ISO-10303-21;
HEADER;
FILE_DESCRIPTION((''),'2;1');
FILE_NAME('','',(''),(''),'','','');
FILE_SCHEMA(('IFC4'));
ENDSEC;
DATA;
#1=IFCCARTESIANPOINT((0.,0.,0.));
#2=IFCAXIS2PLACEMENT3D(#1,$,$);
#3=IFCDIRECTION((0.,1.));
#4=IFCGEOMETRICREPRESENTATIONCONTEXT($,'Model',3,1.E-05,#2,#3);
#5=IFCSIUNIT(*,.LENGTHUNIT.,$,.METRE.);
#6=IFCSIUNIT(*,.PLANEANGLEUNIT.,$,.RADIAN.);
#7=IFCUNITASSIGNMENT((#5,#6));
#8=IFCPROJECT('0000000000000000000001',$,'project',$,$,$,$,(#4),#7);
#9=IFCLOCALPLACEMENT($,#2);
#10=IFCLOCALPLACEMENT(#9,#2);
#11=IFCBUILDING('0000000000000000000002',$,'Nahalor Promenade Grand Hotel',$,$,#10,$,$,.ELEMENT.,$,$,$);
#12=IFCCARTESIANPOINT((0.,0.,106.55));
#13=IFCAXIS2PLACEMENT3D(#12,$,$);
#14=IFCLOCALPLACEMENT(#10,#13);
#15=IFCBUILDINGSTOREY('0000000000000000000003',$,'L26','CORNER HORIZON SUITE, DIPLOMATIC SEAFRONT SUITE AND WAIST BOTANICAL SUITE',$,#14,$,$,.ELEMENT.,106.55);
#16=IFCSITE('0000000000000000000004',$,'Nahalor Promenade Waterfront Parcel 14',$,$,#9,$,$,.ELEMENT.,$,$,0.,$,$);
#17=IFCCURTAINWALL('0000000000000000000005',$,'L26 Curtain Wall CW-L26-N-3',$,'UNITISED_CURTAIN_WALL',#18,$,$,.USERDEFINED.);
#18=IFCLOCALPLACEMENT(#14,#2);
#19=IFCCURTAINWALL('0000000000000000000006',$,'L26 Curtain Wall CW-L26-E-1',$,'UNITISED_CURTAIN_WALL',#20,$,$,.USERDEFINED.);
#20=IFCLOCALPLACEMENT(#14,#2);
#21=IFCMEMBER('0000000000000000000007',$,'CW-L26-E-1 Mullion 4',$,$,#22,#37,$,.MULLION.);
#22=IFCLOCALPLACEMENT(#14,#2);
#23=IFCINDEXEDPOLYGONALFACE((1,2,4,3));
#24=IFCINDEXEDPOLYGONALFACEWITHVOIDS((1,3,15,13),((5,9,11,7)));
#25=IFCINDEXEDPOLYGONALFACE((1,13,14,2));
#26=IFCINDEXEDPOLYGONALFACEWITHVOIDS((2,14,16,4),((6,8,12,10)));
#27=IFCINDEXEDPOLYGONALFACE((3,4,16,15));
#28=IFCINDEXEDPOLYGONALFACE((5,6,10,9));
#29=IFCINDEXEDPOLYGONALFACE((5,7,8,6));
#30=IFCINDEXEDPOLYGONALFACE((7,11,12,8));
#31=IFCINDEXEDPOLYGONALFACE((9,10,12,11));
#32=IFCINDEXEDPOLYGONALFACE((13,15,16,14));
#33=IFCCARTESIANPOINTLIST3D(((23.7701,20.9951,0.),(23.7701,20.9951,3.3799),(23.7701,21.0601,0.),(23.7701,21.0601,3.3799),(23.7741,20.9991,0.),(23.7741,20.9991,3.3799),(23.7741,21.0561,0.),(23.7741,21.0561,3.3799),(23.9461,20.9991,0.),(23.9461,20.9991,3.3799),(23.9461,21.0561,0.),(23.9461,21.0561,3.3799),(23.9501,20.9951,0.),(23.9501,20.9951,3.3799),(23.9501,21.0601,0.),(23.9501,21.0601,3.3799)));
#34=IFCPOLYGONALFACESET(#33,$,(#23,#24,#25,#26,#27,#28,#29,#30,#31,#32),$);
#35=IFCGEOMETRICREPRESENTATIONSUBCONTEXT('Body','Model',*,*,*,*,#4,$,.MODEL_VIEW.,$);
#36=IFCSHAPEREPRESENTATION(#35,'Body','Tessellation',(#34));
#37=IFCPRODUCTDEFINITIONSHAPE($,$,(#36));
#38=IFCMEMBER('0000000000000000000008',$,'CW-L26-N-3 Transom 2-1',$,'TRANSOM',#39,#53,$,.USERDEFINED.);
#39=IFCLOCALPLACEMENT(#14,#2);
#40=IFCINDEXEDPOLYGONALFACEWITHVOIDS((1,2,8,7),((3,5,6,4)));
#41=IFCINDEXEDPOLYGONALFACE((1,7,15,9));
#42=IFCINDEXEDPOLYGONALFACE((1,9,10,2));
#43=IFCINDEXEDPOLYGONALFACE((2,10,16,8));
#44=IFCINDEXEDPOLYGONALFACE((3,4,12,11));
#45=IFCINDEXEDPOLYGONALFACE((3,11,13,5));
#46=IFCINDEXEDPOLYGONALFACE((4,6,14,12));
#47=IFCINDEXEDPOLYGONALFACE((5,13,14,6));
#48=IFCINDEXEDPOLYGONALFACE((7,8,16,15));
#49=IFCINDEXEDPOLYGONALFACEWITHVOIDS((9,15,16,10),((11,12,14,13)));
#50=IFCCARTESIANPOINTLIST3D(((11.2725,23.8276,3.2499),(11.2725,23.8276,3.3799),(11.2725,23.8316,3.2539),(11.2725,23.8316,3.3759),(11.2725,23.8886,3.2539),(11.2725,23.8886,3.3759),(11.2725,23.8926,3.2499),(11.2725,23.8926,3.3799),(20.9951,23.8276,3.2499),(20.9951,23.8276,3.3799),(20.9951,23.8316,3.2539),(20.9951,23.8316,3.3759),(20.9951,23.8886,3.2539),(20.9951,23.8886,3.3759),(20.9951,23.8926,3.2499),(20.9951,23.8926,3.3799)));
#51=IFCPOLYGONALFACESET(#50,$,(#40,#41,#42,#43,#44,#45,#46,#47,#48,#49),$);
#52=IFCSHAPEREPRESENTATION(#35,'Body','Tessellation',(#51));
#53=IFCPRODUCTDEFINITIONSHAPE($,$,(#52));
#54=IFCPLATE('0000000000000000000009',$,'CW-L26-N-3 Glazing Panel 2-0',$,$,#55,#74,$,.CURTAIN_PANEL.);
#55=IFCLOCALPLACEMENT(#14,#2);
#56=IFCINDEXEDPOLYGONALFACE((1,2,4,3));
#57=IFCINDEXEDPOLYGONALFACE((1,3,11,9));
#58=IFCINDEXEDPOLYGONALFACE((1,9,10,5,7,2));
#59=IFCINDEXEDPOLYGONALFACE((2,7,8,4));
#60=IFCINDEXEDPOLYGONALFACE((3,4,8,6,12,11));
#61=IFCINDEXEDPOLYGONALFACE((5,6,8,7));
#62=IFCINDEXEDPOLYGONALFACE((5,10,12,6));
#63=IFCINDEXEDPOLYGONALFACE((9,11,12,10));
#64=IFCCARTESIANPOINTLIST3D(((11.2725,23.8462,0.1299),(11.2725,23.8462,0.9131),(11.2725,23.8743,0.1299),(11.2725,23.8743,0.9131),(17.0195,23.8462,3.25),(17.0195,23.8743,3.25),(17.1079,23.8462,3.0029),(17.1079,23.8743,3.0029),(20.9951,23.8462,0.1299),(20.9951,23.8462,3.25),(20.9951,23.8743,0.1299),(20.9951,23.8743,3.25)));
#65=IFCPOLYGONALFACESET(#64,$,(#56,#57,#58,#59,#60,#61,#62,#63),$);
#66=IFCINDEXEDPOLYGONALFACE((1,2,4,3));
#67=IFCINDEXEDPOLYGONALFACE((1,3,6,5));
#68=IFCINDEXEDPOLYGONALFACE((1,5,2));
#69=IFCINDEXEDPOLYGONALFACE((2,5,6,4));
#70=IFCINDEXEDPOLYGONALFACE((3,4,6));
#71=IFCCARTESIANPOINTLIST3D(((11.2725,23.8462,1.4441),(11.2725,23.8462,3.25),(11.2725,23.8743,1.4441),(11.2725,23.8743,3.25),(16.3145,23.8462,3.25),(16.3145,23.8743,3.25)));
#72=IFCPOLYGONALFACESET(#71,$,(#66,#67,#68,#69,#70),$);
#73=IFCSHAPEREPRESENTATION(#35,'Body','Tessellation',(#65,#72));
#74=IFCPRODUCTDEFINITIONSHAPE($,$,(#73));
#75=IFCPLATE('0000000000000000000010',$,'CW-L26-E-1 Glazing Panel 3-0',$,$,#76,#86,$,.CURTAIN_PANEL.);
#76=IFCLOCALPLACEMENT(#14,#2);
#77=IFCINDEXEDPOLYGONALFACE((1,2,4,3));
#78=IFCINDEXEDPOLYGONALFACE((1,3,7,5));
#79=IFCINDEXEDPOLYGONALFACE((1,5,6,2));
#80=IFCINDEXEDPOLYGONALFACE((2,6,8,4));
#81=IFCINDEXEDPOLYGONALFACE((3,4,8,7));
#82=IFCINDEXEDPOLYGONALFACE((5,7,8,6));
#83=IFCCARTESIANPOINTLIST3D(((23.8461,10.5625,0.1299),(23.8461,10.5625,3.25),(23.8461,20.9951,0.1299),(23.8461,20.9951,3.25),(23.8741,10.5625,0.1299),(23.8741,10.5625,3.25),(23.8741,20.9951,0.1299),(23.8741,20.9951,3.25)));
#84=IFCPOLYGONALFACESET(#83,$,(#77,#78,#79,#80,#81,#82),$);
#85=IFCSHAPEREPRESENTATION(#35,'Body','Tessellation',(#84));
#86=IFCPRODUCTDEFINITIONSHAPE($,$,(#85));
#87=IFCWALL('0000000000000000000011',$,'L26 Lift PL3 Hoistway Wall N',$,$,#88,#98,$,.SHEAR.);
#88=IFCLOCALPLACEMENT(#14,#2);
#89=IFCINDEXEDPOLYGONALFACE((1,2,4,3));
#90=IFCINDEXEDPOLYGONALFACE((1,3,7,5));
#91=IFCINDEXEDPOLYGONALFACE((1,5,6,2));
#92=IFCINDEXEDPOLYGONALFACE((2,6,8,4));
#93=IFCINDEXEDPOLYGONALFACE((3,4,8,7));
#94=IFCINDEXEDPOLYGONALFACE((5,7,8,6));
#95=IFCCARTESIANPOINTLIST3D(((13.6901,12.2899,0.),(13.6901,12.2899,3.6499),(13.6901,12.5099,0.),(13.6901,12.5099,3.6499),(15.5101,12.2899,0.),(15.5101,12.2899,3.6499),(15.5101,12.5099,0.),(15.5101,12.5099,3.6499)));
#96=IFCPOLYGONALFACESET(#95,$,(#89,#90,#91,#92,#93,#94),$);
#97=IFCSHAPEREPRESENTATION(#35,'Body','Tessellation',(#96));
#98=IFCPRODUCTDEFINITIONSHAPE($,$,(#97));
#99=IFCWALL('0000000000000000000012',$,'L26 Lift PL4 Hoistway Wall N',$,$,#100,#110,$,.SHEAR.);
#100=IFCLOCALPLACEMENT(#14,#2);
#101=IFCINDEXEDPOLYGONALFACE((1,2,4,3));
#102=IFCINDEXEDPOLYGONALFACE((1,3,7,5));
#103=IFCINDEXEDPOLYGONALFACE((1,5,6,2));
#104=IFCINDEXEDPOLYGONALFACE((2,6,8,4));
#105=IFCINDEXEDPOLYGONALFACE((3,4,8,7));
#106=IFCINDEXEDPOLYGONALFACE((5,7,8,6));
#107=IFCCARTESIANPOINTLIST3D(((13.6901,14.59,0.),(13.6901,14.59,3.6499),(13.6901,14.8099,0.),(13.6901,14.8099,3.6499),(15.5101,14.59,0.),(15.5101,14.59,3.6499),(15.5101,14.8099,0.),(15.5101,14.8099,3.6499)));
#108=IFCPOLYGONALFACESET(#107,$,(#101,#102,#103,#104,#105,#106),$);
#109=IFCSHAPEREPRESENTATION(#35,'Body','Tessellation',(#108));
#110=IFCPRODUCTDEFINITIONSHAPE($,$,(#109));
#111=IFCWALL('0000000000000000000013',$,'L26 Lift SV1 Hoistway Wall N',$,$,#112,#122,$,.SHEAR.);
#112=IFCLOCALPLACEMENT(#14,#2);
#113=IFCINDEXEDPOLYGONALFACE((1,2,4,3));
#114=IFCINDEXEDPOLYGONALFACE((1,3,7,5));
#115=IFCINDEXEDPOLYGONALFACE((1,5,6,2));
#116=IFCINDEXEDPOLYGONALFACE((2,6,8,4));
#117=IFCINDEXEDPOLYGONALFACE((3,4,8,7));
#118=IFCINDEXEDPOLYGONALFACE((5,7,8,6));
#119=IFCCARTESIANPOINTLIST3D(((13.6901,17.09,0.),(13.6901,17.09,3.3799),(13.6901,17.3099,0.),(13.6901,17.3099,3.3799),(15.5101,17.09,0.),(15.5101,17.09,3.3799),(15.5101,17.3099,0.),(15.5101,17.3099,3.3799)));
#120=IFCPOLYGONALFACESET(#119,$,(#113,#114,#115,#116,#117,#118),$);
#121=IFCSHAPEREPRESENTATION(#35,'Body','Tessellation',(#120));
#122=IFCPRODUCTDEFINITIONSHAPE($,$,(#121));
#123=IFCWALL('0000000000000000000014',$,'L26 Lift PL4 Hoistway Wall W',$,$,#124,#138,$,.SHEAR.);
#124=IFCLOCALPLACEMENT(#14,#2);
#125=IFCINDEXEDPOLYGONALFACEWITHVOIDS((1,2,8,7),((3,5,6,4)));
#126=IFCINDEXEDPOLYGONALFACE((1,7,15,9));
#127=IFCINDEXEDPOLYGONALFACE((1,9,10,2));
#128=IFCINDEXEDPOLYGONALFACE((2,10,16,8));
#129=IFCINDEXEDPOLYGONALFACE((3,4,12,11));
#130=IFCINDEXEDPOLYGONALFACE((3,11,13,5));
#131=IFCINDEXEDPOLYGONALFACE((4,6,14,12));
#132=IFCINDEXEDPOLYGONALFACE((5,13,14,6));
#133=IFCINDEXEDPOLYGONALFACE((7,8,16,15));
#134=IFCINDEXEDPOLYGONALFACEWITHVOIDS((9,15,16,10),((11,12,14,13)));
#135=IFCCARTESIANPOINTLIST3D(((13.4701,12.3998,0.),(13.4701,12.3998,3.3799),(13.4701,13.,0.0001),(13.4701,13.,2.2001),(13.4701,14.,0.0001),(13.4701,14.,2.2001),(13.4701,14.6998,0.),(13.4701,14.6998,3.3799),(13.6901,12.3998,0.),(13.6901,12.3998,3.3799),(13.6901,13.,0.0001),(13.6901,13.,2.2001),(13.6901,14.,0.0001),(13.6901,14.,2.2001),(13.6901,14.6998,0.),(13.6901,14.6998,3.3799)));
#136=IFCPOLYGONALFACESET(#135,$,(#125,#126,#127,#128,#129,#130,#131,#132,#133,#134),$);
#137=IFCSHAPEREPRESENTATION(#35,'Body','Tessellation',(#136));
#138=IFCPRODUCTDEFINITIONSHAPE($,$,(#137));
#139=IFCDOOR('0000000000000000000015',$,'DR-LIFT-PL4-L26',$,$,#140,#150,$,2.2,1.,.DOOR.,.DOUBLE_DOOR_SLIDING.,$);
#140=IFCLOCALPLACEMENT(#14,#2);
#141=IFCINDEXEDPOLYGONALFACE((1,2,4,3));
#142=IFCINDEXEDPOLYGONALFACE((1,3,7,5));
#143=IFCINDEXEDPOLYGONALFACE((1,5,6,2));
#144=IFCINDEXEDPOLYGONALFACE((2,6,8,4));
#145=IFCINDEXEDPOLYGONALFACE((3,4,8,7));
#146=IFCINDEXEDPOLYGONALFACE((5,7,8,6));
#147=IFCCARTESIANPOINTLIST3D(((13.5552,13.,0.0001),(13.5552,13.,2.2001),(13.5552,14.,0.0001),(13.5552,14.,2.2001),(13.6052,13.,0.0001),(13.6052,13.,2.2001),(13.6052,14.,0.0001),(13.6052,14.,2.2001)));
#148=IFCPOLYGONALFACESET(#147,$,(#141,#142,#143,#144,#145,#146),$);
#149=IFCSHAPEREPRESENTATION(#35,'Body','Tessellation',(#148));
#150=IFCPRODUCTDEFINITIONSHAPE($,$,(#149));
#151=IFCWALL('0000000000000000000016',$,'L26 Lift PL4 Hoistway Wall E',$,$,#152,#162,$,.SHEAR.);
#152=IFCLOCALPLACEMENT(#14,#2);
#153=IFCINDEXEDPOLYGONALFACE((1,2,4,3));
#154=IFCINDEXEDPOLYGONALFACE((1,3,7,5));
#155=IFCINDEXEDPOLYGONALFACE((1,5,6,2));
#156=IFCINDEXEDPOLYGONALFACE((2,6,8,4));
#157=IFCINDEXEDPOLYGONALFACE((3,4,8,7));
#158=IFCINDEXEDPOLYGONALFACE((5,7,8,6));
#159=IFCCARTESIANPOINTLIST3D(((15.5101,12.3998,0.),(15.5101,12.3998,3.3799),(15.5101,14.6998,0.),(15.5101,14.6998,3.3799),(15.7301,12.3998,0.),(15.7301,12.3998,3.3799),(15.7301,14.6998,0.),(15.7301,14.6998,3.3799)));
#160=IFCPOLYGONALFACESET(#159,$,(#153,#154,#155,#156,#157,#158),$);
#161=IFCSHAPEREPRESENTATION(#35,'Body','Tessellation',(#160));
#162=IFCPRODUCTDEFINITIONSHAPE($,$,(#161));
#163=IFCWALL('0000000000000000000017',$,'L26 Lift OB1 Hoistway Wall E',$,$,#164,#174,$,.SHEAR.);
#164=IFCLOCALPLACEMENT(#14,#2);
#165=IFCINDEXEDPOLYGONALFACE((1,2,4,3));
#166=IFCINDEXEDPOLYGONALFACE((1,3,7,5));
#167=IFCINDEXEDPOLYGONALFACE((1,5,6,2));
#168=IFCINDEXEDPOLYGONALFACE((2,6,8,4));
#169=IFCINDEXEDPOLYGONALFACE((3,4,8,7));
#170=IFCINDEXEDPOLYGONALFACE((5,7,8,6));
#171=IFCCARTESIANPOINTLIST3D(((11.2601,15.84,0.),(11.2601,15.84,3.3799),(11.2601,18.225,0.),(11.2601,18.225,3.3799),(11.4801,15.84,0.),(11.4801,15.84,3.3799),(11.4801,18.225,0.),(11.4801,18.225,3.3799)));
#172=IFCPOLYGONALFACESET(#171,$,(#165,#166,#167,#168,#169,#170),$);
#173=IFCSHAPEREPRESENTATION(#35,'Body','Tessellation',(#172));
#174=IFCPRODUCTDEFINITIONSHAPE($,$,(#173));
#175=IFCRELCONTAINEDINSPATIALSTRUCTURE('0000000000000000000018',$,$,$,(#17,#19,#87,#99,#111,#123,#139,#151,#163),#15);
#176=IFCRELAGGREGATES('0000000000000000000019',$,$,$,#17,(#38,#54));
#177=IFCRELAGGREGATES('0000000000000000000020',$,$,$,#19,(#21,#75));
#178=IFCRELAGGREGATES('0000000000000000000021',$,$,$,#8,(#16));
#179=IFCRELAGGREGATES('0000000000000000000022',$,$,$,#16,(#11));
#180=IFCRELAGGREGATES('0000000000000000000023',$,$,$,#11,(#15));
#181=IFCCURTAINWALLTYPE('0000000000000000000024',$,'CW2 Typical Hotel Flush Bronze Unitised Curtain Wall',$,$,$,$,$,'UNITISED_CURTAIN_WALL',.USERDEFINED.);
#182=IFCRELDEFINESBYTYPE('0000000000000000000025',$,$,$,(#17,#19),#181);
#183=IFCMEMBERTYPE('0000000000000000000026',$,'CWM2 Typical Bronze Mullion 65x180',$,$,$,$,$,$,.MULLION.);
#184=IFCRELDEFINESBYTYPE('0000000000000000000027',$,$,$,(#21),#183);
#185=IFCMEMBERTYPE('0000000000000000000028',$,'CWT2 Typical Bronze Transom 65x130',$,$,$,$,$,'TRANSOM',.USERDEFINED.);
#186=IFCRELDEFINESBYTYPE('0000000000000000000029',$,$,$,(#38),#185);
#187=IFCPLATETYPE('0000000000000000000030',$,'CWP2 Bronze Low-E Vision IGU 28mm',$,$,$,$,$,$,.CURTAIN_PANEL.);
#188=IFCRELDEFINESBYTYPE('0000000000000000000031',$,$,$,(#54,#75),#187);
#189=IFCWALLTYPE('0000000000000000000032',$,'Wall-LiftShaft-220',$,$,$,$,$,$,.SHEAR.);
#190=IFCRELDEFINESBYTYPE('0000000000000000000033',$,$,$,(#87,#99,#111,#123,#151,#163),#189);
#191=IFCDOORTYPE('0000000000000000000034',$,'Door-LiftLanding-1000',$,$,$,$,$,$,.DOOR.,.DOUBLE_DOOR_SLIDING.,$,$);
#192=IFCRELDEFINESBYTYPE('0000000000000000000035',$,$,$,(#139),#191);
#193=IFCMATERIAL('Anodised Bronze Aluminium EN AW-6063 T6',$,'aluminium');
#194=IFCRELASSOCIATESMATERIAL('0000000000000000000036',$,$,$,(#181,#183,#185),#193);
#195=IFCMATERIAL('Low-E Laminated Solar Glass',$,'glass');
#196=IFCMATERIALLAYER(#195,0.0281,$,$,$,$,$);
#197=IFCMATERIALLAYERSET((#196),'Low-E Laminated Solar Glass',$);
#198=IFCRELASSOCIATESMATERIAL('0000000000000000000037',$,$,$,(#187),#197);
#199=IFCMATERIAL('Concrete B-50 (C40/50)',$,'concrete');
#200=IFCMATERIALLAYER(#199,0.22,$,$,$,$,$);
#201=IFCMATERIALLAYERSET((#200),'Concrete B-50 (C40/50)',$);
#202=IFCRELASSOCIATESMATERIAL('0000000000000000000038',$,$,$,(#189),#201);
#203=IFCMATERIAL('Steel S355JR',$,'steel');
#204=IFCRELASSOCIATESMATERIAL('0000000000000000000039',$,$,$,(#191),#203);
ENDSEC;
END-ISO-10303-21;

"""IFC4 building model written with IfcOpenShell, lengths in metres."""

from ifc_helpers import new_model, si_unit, direction, frame, frame_2d, origin, origin_2d, place, context, subcontext, project, spatial, polyline, rectangle, hollow_rectangle, outline, extrude, source, transform, mapped, material, layer, layer_set, material_profile, profile_set, type_object, element, fill, aggregate, save


model = new_model("IFC4")

# Units and contexts
model_context = context("Model", 3, precision=1e-05, world=origin(), true_north=direction((0.0, 1.0)))
body_context = subcontext(model_context, "Body", "Model", "MODEL_VIEW")
ifc_project = project(units=[si_unit("LENGTHUNIT", "METRE"), si_unit("PLANEANGLEUNIT", "RADIAN")], contexts=[model_context])

# Site, building, storey
site_placement = place(None, origin())
site = spatial("IfcSite", under=ifc_project, at=site_placement, Name="Nahalor Promenade Waterfront Parcel 14", CompositionType="ELEMENT", RefElevation=0.0)
building_placement = place(site_placement, origin())
building = spatial("IfcBuilding", under=site, at=building_placement, Name="Nahalor Promenade Grand Hotel", CompositionType="ELEMENT")
storey_placement = place(building_placement, frame((0.0, 0.0, 106.55)))
storey = spatial("IfcBuildingStorey", under=building, at=storey_placement, Name="L26", Description="CORNER HORIZON SUITE, DIPLOMATIC SEAFRONT SUITE AND WAIST BOTANICAL SUITE", CompositionType="ELEMENT", Elevation=106.55)

# Shared definitions
ifc_material_1 = material(Name="Steel S355JR", Category="steel")

# Curtain walls, member
ifc_material_2 = material(Name="Anodised Bronze Aluminium EN AW-6063 T6", Category="aluminium")
curtain_wall_type = type_object("IfcCurtainWallType", Name="CW2 Typical Hotel Flush Bronze Unitised Curtain Wall", ElementType="UNITISED_CURTAIN_WALL", PredefinedType="USERDEFINED", material=ifc_material_2)
curtain_wall_1_placement = place(storey_placement, origin())
curtain_wall_1 = element("IfcCurtainWall", 1, at=curtain_wall_1_placement, inside=storey, type_object=curtain_wall_type, Name="L26 Curtain Wall CW-L26-N-3", ObjectType="UNITISED_CURTAIN_WALL", PredefinedType="USERDEFINED")
ifc_material_profile_1 = material_profile(ifc_material_2, hollow_rectangle(XDim=0.065, YDim=0.18, WallThickness=0.004, at=origin_2d()), Name="CWM 65x180x4")
ifc_profile_set_1 = profile_set([ifc_material_profile_1], Name="Anodised Bronze Aluminium EN AW-6063 T6")
member_type_1 = type_object("IfcMemberType", Name="CWM2 Typical Bronze Mullion 65x180", PredefinedType="MULLION", material=ifc_profile_set_1)
shared_shape_1 = source(origin(), body_context, "Body", "SweptSolid", [
    extrude(hollow_rectangle(XDim=0.065, YDim=0.18, WallThickness=0.004, at=origin_2d()), origin(), (0.0, 0.0, 1.0), 3.3799),
])
curtain_wall_2_placement = place(storey_placement, origin())
curtain_wall_2 = element("IfcCurtainWall", 2, at=curtain_wall_2_placement, inside=storey, type_object=curtain_wall_type, Name="L26 Curtain Wall CW-L26-E-1", ObjectType="UNITISED_CURTAIN_WALL", PredefinedType="USERDEFINED")
member_1_placement = place(storey_placement, frame((23.8601, 21.0276, 0.0), z_axis=(0.0, 0.0, 1.0), x_axis=(0.0, 1.0, 0.0)))
member_1 = element("IfcMember", 3, at=member_1_placement, type_object=member_type_1, Name="CW-L26-E-1 Mullion 4", PredefinedType="MULLION", context=body_context, shape_type="MappedRepresentation", body=[
    mapped(shared_shape_1, transform((0.0, 0.0, 0.0), scale=1.0)),
])

# Member
ifc_material_profile_2 = material_profile(ifc_material_2, hollow_rectangle(XDim=0.065, YDim=0.13, WallThickness=0.004, at=origin_2d()), Name="CWT 65x130x4")
ifc_profile_set_2 = profile_set([ifc_material_profile_2], Name="Anodised Bronze Aluminium EN AW-6063 T6")
member_type_2 = type_object("IfcMemberType", Name="CWT2 Typical Bronze Transom 65x130", ElementType="TRANSOM", PredefinedType="USERDEFINED", material=ifc_profile_set_2)
shared_shape_2 = source(origin(), body_context, "Body", "SweptSolid", [
    extrude(hollow_rectangle(XDim=0.065, YDim=0.13, WallThickness=0.004, at=origin_2d()), origin(), (0.0, 0.0, 1.0), 9.7227),
])
member_2_placement = place(storey_placement, frame((11.2725, 23.8601, 3.3149), z_axis=(1.0, 0.0, 0.0), x_axis=(0.0, 1.0, 0.0)))
member_2 = element("IfcMember", 4, at=member_2_placement, type_object=member_type_2, Name="CW-L26-N-3 Transom 2-1", ObjectType="TRANSOM", PredefinedType="USERDEFINED", context=body_context, shape_type="MappedRepresentation", body=[
    mapped(shared_shape_2, transform((0.0, 0.0, 0.0), scale=1.0)),
])

# Plates
ifc_material_3 = material(Name="Low-E Laminated Solar Glass", Category="glass")
ifc_layer_1 = layer(ifc_material_3, 0.0281)
ifc_layer_set_1 = layer_set([ifc_layer_1], Name="Low-E Laminated Solar Glass")
plate_type = type_object("IfcPlateType", Name="CWP2 Bronze Low-E Vision IGU 28mm", PredefinedType="CURTAIN_PANEL", material=ifc_layer_set_1)
plate_1_placement = place(storey_placement, frame((16.1338, 23.8601, 0.1299), z_axis=(0.0, 0.0, 1.0), x_axis=(1.0, 0.0, 0.0)))
plate_1 = element("IfcPlate", 5, at=plate_1_placement, type_object=plate_type, Name="CW-L26-N-3 Glazing Panel 2-0", PredefinedType="CURTAIN_PANEL", context=body_context, shape_type="SweptSolid", body=[
    extrude(outline(polyline([(4.8613, 0.0), (4.8613, 3.1201), (0.8857, 3.1201), (0.9741, 2.873), (-4.8613, 0.7832), (-4.8613, 0.0), (4.8613, 0.0)])), frame((0.0, 0.0142, 0.0), z_axis=(0.0, -1.0, 0.0), x_axis=(1.0, 0.0, 0.0)), (0.0, 0.0, 1.0), 0.0281),
    extrude(outline(polyline([(0.1807, 3.1201), (-4.8613, 3.1201), (-4.8613, 1.3142), (0.1807, 3.1201)])), frame((0.0, 0.0142, 0.0), z_axis=(0.0, -1.0, 0.0), x_axis=(1.0, 0.0, 0.0)), (0.0, 0.0, 1.0), 0.0281),
])
aggregate(curtain_wall_1, [member_2, plate_1])
shared_shape_3 = source(origin(), body_context, "Body", "SweptSolid", [
    extrude(rectangle(XDim=10.4326, YDim=0.0281, at=origin_2d()), origin(), (0.0, 0.0, 1.0), 3.1201),
])
plate_2_placement = place(storey_placement, frame((23.8601, 15.7788, 0.1299), z_axis=(0.0, 0.0, 1.0), x_axis=(0.0, 1.0, 0.0)))
plate_2 = element("IfcPlate", 6, at=plate_2_placement, type_object=plate_type, Name="CW-L26-E-1 Glazing Panel 3-0", PredefinedType="CURTAIN_PANEL", context=body_context, shape_type="MappedRepresentation", body=[
    mapped(shared_shape_3, transform((0.0, 0.0, 0.0), scale=1.0)),
])
aggregate(curtain_wall_2, [member_1, plate_2])

# Walls
ifc_material_4 = material(Name="Concrete B-50 (C40/50)", Category="concrete")
ifc_layer_2 = layer(ifc_material_4, 0.22)
ifc_layer_set_2 = layer_set([ifc_layer_2], Name="Concrete B-50 (C40/50)")
wall_type_1 = type_object("IfcWallType", Name="Wall-LiftShaft-220", PredefinedType="SHEAR", material=ifc_layer_set_2)
shared_shape_4 = source(origin(), body_context, "Body", "SweptSolid", [
    extrude(rectangle(XDim=1.8201, YDim=0.22, at=frame_2d((0.9102, 0.0))), origin(), (0.0, 0.0, 1.0), 3.6499),
])
for number, where, z_axis, x_axis, name in (
    (7, (13.6899, 12.3999, 0.0), (0.0, 0.0, 1.0), (1.0, 0.0, 0.0), "L26 Lift PL3 Hoistway Wall N"),
    (8, (13.6899, 14.7, 0.0), (0.0, 0.0, 1.0), (1.0, 0.0, 0.0), "L26 Lift PL4 Hoistway Wall N"),
):
    element("IfcWall", number, at=place(storey_placement, frame(where, z_axis=z_axis, x_axis=x_axis)), inside=storey, type_object=wall_type_1, Name=name, PredefinedType="SHEAR", context=body_context, shape_type="MappedRepresentation", body=[
        mapped(shared_shape_4, transform((0.0, 0.0, 0.0), scale=1.0)),
    ])
shared_shape_5 = source(origin(), body_context, "Body", "SweptSolid", [
    extrude(rectangle(XDim=1.8201, YDim=0.22, at=frame_2d((0.9102, 0.0))), origin(), (0.0, 0.0, 1.0), 3.3799),
])
wall_1_placement = place(storey_placement, frame((13.6899, 17.2, 0.0), z_axis=(0.0, 0.0, 1.0), x_axis=(1.0, 0.0, 0.0)))
element("IfcWall", 9, at=wall_1_placement, inside=storey, type_object=wall_type_1, Name="L26 Lift SV1 Hoistway Wall N", PredefinedType="SHEAR", context=body_context, shape_type="MappedRepresentation", body=[
    mapped(shared_shape_5, transform((0.0, 0.0, 0.0), scale=1.0)),
])

# Wall, opening, door
shared_shape_6 = source(origin(), body_context, "Body", "SweptSolid", [
    extrude(rectangle(XDim=2.3, YDim=0.22, at=frame_2d((1.1499, 0.0))), origin(), (0.0, 0.0, 1.0), 3.3799),
])
wall_2_placement = place(storey_placement, frame((13.5801, 12.3999, 0.0), z_axis=(0.0, 0.0, 1.0), x_axis=(0.0, 1.0, 0.0)))
wall_2 = element("IfcWall", 10, at=wall_2_placement, inside=storey, type_object=wall_type_1, Name="L26 Lift PL4 Hoistway Wall W", PredefinedType="SHEAR", context=body_context, shape_type="MappedRepresentation", body=[
    mapped(shared_shape_6, transform((0.0, 0.0, 0.0), scale=1.0)),
])
opening_1_placement = place(wall_2_placement, frame((0.6001, 0.0, 0.0)))
opening_1 = element("IfcOpeningElement", 11, at=opening_1_placement, cuts=wall_2, PredefinedType="OPENING", context=body_context, shape_type="SweptSolid", body=[
    extrude(rectangle(XDim=1.0, YDim=2.2, at=frame_2d((0.5, 1.1001))), frame((0.0, 0.1199, 0.0), z_axis=(0.0, -1.0, 0.0), x_axis=(1.0, 0.0, 0.0)), (0.0, 0.0, 1.0), 0.24),
])
door_type_1 = type_object("IfcDoorType", Name="Door-LiftLanding-1000", OperationType="DOUBLE_DOOR_SLIDING", PredefinedType="DOOR", material=ifc_material_1)
shared_shape_7 = source(origin(), body_context, "Body", "SweptSolid", [
    extrude(rectangle(XDim=1.0, YDim=2.2, at=frame_2d((0.5, 1.1001))), frame((0.0, 0.0249, 0.0), z_axis=(0.0, -1.0, 0.0), x_axis=(1.0, 0.0, 0.0)), (0.0, 0.0, 1.0), 0.05),
])
door_1_placement = place(opening_1_placement, origin())
door_1 = element("IfcDoor", 12, at=door_1_placement, inside=storey, type_object=door_type_1, Name="DR-LIFT-PL4-L26", OperationType="DOUBLE_DOOR_SLIDING", OverallHeight=2.2, OverallWidth=1.0, PredefinedType="DOOR", context=body_context, shape_type="MappedRepresentation", body=[
    mapped(shared_shape_7, transform((0.0, 0.0, 0.0), scale=1.0)),
])
fill(opening_1, door_1)

# Walls
wall_3_placement = place(storey_placement, frame((15.6201, 12.3999, 0.0), z_axis=(0.0, 0.0, 1.0), x_axis=(0.0, 1.0, 0.0)))
element("IfcWall", 13, at=wall_3_placement, inside=storey, type_object=wall_type_1, Name="L26 Lift PL4 Hoistway Wall E", PredefinedType="SHEAR", context=body_context, shape_type="MappedRepresentation", body=[
    mapped(shared_shape_6, transform((0.0, 0.0, 0.0), scale=1.0)),
])
shared_shape_8 = source(origin(), body_context, "Body", "SweptSolid", [
    extrude(rectangle(XDim=2.385, YDim=0.22, at=frame_2d((1.1924, 0.0))), origin(), (0.0, 0.0, 1.0), 3.3799),
])
for number, where, z_axis, x_axis, name in (
    (14, (11.3701, 15.8401, 0.0), (0.0, 0.0, 1.0), (0.0, 1.0, 0.0), "L26 Lift OB1 Hoistway Wall E"),
):
    element("IfcWall", number, at=place(storey_placement, frame(where, z_axis=z_axis, x_axis=x_axis)), inside=storey, type_object=wall_type_1, Name=name, PredefinedType="SHEAR", context=body_context, shape_type="MappedRepresentation", body=[
        mapped(shared_shape_8, transform((0.0, 0.0, 0.0), scale=1.0)),
    ])

save(model, "model.ifc")
